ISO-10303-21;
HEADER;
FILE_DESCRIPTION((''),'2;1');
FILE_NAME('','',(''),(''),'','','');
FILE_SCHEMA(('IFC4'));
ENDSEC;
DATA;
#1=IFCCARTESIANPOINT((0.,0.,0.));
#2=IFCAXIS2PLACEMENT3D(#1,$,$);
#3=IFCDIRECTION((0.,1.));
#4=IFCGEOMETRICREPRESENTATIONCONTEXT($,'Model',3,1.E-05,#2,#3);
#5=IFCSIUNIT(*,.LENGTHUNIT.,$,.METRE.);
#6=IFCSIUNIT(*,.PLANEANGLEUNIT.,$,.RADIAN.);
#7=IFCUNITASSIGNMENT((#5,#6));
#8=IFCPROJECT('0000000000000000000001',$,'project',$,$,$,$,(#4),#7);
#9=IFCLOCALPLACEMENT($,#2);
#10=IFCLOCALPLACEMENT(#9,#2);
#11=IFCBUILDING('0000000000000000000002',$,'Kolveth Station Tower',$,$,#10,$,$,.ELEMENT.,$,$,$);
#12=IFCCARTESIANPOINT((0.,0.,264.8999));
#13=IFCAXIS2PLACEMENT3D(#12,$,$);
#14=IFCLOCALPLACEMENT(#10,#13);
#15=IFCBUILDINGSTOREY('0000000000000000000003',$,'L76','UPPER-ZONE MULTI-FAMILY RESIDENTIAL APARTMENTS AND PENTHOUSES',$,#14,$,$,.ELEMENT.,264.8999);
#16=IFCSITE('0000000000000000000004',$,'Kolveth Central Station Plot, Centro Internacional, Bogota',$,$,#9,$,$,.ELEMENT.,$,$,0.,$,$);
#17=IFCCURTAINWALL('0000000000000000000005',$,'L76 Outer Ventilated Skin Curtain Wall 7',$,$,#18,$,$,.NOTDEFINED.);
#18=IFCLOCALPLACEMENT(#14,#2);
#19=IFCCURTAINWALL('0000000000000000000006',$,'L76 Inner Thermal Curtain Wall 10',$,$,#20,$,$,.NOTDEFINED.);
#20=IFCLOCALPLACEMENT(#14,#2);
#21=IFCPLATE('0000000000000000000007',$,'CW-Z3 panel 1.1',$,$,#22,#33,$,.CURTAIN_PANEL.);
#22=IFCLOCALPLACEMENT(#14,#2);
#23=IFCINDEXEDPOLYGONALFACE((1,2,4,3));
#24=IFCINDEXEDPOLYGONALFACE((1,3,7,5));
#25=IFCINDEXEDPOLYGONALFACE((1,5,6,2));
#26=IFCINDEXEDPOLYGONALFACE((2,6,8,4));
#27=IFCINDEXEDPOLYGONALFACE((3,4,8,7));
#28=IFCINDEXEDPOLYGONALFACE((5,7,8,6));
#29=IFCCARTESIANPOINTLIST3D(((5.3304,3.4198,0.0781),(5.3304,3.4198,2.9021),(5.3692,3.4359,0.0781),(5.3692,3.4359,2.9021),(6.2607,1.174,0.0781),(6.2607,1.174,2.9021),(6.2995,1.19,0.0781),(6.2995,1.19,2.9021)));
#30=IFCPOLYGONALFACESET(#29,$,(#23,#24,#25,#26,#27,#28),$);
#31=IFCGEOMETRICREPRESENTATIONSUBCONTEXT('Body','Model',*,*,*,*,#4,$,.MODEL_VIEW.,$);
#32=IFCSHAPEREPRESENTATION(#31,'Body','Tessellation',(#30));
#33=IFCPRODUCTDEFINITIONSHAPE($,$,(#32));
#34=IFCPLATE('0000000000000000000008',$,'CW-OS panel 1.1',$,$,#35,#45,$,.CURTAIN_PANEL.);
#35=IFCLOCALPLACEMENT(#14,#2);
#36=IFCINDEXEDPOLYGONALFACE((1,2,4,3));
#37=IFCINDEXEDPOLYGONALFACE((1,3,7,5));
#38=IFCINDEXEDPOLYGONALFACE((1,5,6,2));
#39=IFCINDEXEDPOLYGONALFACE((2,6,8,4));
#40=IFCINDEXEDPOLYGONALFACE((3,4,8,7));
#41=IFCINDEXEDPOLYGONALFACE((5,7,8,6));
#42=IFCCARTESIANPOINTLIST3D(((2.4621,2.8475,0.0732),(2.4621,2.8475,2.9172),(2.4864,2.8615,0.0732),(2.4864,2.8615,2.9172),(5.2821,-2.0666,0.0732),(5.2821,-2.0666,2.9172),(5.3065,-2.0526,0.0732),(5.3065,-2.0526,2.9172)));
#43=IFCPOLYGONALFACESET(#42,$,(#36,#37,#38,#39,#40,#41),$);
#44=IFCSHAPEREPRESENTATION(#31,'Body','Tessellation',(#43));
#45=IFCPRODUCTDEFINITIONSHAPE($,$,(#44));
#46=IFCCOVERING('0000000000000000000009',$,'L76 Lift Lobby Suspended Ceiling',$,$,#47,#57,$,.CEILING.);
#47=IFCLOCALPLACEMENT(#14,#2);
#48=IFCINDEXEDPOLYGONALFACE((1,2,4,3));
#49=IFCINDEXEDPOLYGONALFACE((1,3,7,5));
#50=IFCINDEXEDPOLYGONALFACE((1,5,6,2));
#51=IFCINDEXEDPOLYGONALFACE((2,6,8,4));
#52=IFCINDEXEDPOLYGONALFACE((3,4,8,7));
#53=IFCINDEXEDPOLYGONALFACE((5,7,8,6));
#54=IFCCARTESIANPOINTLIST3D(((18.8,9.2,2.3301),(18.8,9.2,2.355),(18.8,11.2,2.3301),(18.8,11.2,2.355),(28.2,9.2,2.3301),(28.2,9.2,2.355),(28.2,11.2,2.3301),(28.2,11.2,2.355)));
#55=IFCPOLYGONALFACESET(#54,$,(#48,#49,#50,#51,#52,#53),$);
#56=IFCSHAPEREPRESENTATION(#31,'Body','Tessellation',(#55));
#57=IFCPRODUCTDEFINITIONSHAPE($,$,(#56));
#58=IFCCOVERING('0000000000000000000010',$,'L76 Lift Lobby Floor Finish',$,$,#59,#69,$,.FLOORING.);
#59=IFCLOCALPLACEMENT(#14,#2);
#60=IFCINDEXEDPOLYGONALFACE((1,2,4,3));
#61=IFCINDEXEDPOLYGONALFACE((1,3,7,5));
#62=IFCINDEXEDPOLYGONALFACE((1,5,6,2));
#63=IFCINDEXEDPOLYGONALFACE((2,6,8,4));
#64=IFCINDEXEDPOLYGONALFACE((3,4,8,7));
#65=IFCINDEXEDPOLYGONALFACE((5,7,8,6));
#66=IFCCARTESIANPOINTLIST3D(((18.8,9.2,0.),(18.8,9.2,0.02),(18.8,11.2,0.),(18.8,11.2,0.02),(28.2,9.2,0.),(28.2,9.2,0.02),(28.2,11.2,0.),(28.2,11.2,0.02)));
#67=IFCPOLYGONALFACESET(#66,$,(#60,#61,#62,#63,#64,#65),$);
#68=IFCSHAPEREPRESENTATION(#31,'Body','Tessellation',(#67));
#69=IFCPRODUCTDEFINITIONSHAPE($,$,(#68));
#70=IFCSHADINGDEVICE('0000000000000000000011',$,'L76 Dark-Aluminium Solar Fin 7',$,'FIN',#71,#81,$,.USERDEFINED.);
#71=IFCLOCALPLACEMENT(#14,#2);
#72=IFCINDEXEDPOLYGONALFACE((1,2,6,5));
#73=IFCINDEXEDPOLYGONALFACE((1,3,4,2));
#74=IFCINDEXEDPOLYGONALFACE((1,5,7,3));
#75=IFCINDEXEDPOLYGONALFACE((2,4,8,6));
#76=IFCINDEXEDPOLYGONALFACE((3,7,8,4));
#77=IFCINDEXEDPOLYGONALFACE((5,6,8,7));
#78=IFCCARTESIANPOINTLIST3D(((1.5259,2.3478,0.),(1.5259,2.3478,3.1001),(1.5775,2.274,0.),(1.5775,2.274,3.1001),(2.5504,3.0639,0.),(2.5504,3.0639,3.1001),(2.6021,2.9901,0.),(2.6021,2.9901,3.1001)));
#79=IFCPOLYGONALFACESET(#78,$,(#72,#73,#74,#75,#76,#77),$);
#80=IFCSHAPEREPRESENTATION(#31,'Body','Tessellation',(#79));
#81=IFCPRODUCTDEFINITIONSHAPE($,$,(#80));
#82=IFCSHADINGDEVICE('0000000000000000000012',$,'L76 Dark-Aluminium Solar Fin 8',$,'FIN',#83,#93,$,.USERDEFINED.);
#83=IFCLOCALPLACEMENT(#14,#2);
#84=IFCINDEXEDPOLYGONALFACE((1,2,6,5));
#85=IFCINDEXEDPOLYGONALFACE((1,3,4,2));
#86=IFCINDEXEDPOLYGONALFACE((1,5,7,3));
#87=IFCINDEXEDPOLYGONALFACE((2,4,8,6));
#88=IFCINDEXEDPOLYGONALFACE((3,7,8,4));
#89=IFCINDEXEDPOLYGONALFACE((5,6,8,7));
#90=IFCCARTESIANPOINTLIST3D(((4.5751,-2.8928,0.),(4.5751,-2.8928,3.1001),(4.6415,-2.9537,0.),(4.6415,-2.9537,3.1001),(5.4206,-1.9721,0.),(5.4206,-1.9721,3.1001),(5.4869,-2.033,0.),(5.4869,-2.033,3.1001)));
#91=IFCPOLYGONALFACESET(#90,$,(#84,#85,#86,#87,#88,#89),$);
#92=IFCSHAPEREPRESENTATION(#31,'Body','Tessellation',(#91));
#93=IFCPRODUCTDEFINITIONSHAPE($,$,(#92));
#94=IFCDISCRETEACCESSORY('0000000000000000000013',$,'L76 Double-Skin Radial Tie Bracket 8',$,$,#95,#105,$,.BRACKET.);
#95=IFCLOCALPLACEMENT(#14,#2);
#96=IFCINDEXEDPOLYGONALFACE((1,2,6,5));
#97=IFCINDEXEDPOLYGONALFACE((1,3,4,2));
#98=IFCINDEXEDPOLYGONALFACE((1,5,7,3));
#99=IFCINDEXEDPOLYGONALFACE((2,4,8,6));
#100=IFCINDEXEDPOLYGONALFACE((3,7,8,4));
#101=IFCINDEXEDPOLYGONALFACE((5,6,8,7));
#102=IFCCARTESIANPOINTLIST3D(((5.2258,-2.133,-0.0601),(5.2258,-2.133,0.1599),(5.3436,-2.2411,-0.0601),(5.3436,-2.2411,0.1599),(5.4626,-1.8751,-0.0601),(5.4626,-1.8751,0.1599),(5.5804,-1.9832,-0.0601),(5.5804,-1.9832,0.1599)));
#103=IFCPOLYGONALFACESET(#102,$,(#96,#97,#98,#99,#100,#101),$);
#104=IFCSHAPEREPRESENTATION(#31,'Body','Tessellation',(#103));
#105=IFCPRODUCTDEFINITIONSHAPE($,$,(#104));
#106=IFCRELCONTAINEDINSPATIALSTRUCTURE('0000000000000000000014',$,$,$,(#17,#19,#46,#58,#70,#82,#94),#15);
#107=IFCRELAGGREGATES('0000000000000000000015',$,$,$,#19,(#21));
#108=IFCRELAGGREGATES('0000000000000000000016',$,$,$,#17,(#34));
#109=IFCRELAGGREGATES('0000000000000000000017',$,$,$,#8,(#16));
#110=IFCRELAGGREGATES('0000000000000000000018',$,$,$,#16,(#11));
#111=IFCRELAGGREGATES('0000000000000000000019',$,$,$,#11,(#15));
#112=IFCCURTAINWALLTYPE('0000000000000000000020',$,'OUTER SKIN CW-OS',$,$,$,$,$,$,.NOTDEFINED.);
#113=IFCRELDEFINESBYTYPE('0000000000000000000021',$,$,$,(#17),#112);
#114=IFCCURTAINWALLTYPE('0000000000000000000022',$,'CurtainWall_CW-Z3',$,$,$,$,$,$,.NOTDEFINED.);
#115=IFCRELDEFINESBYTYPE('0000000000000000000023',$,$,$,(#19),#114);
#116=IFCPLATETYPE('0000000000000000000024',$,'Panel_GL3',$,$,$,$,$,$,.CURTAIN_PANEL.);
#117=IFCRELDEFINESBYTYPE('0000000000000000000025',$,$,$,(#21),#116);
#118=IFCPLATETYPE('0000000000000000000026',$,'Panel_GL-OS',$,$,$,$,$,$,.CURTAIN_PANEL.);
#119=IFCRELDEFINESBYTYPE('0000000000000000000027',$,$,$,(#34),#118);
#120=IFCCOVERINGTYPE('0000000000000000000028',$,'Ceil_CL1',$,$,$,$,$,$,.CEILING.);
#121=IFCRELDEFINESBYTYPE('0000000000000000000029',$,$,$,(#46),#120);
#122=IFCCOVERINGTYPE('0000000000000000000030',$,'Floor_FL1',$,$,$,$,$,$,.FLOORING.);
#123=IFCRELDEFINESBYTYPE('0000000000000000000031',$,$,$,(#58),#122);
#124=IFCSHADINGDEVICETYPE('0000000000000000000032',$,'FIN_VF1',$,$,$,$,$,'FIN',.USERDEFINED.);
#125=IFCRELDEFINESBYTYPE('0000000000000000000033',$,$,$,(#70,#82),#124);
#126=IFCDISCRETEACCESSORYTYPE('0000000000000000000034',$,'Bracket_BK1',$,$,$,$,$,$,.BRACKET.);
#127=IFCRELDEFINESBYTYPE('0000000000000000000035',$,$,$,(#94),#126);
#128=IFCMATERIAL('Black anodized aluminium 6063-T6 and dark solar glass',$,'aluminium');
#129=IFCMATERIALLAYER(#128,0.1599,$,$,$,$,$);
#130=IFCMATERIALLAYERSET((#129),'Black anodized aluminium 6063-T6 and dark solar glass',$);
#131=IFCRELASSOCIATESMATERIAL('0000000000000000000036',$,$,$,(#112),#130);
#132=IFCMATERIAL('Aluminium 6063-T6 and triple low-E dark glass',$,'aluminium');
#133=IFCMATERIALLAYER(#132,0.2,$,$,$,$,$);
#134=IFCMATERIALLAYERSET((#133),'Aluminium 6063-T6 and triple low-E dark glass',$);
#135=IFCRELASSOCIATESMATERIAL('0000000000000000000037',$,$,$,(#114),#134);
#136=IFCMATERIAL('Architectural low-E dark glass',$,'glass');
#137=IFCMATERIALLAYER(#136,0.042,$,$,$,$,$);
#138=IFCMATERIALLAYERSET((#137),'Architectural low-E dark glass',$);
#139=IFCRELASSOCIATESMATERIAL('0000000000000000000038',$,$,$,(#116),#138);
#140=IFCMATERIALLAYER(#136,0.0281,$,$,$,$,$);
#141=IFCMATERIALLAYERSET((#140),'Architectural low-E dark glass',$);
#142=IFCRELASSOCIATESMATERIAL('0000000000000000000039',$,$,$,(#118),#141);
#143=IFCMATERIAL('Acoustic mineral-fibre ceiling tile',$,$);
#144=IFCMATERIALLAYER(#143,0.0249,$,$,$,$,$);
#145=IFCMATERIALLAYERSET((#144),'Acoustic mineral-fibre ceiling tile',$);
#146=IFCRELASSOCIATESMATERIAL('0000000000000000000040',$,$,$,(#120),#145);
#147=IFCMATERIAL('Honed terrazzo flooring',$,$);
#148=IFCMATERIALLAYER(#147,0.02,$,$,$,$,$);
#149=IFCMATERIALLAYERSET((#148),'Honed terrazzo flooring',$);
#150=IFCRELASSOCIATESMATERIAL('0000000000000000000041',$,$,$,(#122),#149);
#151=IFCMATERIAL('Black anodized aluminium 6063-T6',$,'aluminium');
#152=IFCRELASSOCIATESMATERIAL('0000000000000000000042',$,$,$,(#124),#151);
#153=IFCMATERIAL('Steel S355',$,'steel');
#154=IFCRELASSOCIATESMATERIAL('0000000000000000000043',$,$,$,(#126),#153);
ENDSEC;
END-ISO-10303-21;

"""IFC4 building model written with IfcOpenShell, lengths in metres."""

from ifc_helpers import new_model, si_unit, direction, frame, origin, origin_2d, place, context, subcontext, project, spatial, polyline, rectangle, outline, extrude, source, transform, mapped, material, layer, layer_set, type_object, element, aggregate, save


model = new_model("IFC4")

# Units and contexts
model_context = context("Model", 3, precision=1e-05, world=origin(), true_north=direction((0.0, 1.0)))
body_context = subcontext(model_context, "Body", "Model", "MODEL_VIEW")
ifc_project = project(units=[si_unit("LENGTHUNIT", "METRE"), si_unit("PLANEANGLEUNIT", "RADIAN")], contexts=[model_context])

# Site, building, storey
site_placement = place(None, origin())
site = spatial("IfcSite", under=ifc_project, at=site_placement, Name="Kolveth Central Station Plot, Centro Internacional, Bogota", CompositionType="ELEMENT", RefElevation=0.0)
building_placement = place(site_placement, origin())
building = spatial("IfcBuilding", under=site, at=building_placement, Name="Kolveth Station Tower", CompositionType="ELEMENT")
storey_placement = place(building_placement, frame((0.0, 0.0, 264.8999)))
storey = spatial("IfcBuildingStorey", under=building, at=storey_placement, Name="L76", Description="UPPER-ZONE MULTI-FAMILY RESIDENTIAL APARTMENTS AND PENTHOUSES", CompositionType="ELEMENT", Elevation=264.8999)

# Curtain walls
ifc_material_1 = material(Name="Black anodized aluminium 6063-T6 and dark solar glass", Category="aluminium")
ifc_layer_1 = layer(ifc_material_1, 0.1599)
ifc_layer_set_1 = layer_set([ifc_layer_1], Name="Black anodized aluminium 6063-T6 and dark solar glass")
curtain_wall_type_1 = type_object("IfcCurtainWallType", Name="OUTER SKIN CW-OS", PredefinedType="NOTDEFINED", material=ifc_layer_set_1)
curtain_wall_1_placement = place(storey_placement, origin())
curtain_wall_1 = element("IfcCurtainWall", 1, at=curtain_wall_1_placement, inside=storey, type_object=curtain_wall_type_1, Name="L76 Outer Ventilated Skin Curtain Wall 7", PredefinedType="NOTDEFINED")
ifc_material_2 = material(Name="Black anodized aluminium 6063-T6", Category="aluminium")
ifc_material_3 = material(Name="Aluminium 6063-T6 and triple low-E dark glass", Category="aluminium")
ifc_layer_2 = layer(ifc_material_3, 0.2)
ifc_layer_set_2 = layer_set([ifc_layer_2], Name="Aluminium 6063-T6 and triple low-E dark glass")
curtain_wall_type_2 = type_object("IfcCurtainWallType", Name="CurtainWall_CW-Z3", PredefinedType="NOTDEFINED", material=ifc_layer_set_2)
curtain_wall_2_placement = place(storey_placement, origin())
curtain_wall_2 = element("IfcCurtainWall", 2, at=curtain_wall_2_placement, inside=storey, type_object=curtain_wall_type_2, Name="L76 Inner Thermal Curtain Wall 10", PredefinedType="NOTDEFINED")

# Plates
ifc_material_4 = material(Name="Architectural low-E dark glass", Category="glass")
ifc_layer_3 = layer(ifc_material_4, 0.042)
ifc_layer_set_3 = layer_set([ifc_layer_3], Name="Architectural low-E dark glass")
plate_type_1 = type_object("IfcPlateType", Name="Panel_GL3", PredefinedType="CURTAIN_PANEL", material=ifc_layer_set_3)
shared_shape_1 = source(origin(), body_context, "Body", "SweptSolid", [
    extrude(rectangle(XDim=2.4309, YDim=0.042, at=origin_2d()), origin(), (0.0, 0.0, 1.0), 2.824),
])
plate_1_placement = place(storey_placement, frame((5.8149, 2.3049, 0.0781), z_axis=(0.0, 0.0, 1.0), x_axis=(0.382693, -0.923875, 0.0)))
plate_1 = element("IfcPlate", 3, at=plate_1_placement, type_object=plate_type_1, Name="CW-Z3 panel 1.1", PredefinedType="CURTAIN_PANEL", context=body_context, shape_type="MappedRepresentation", body=[
    mapped(shared_shape_1, transform((0.0, 0.0, 0.0), x_axis=(1.0, 0.0, 0.0), y_axis=(0.0, 1.0, 0.0), z_axis=(0.0, 0.0, 1.0), scale=1.0)),
])
aggregate(curtain_wall_2, [plate_1])
ifc_layer_4 = layer(ifc_material_4, 0.0281)
ifc_layer_set_4 = layer_set([ifc_layer_4], Name="Architectural low-E dark glass")
plate_type_2 = type_object("IfcPlateType", Name="Panel_GL-OS", PredefinedType="CURTAIN_PANEL", material=ifc_layer_set_4)
shared_shape_2 = source(origin(), body_context, "Body", "SweptSolid", [
    extrude(rectangle(XDim=5.6658, YDim=0.0281, at=origin_2d()), origin(), (0.0, 0.0, 1.0), 2.844),
])
plate_2_placement = place(storey_placement, frame((3.8843, 0.3975, 0.0732), z_axis=(0.0, 0.0, 1.0), x_axis=(0.497735, -0.867329, 0.0)))
plate_2 = element("IfcPlate", 4, at=plate_2_placement, type_object=plate_type_2, Name="CW-OS panel 1.1", PredefinedType="CURTAIN_PANEL", context=body_context, shape_type="MappedRepresentation", body=[
    mapped(shared_shape_2, transform((0.0, 0.0, 0.0), x_axis=(1.0, 0.0, 0.0), y_axis=(0.0, 1.0, 0.0), z_axis=(0.0, 0.0, 1.0), scale=1.0)),
])
aggregate(curtain_wall_1, [plate_2])

# Coverings
ifc_material_5 = material(Name="Acoustic mineral-fibre ceiling tile")
ifc_layer_5 = layer(ifc_material_5, 0.0249)
ifc_layer_set_5 = layer_set([ifc_layer_5], Name="Acoustic mineral-fibre ceiling tile")
covering_type_1 = type_object("IfcCoveringType", Name="Ceil_CL1", PredefinedType="CEILING", material=ifc_layer_set_5)
covering_1_placement = place(storey_placement, frame((0.0, 0.0, 2.3301)))
element("IfcCovering", 5, at=covering_1_placement, inside=storey, type_object=covering_type_1, Name="L76 Lift Lobby Suspended Ceiling", PredefinedType="CEILING", context=body_context, shape_type="SweptSolid", body=[
    extrude(outline(polyline([(18.8, 9.2), (28.2, 9.2), (28.2, 11.2), (18.8, 11.2), (18.8, 9.2)])), origin(), (0.0, 0.0, 1.0), 0.0249),
])
ifc_material_6 = material(Name="Honed terrazzo flooring")
ifc_layer_6 = layer(ifc_material_6, 0.02)
ifc_layer_set_6 = layer_set([ifc_layer_6], Name="Honed terrazzo flooring")
covering_type_2 = type_object("IfcCoveringType", Name="Floor_FL1", PredefinedType="FLOORING", material=ifc_layer_set_6)
covering_2_placement = place(storey_placement, origin())
element("IfcCovering", 6, at=covering_2_placement, inside=storey, type_object=covering_type_2, Name="L76 Lift Lobby Floor Finish", PredefinedType="FLOORING", context=body_context, shape_type="SweptSolid", body=[
    extrude(outline(polyline([(18.8, 9.2), (28.2, 9.2), (28.2, 11.2), (18.8, 11.2), (18.8, 9.2)])), origin(), (0.0, 0.0, 1.0), 0.02),
])

# Shading devices
shading_device_type = type_object("IfcShadingDeviceType", Name="FIN_VF1", ElementType="FIN", PredefinedType="USERDEFINED", material=ifc_material_2)
shared_shape_3 = source(origin(), body_context, "Body", "SweptSolid", [
    extrude(rectangle(XDim=1.25, YDim=0.0901, at=origin_2d()), origin(), (0.0, 0.0, 1.0), 3.1001),
])
for number, where, z_axis, x_axis, name in (
    (7, (2.064, 2.6689, 0.0), (0.0, 0.0, 1.0), (-0.819652, -0.572861, 0.0), "L76 Dark-Aluminium Solar Fin 7"),
    (8, (5.031, -2.4629, 0.0), (0.0, 0.0, 1.0), (-0.676362, -0.736569, 0.0), "L76 Dark-Aluminium Solar Fin 8"),
):
    element("IfcShadingDevice", number, at=place(storey_placement, frame(where, z_axis=z_axis, x_axis=x_axis)), inside=storey, type_object=shading_device_type, Name=name, ObjectType="FIN", PredefinedType="USERDEFINED", context=body_context, shape_type="MappedRepresentation", body=[
        mapped(shared_shape_3, transform((0.0, 0.0, 0.0), x_axis=(1.0, 0.0, 0.0), y_axis=(0.0, 1.0, 0.0), z_axis=(0.0, 0.0, 1.0), scale=1.0)),
    ])

# Discrete accessory
ifc_material_7 = material(Name="Steel S355", Category="steel")
discrete_accessory_type = type_object("IfcDiscreteAccessoryType", Name="Bracket_BK1", PredefinedType="BRACKET", material=ifc_material_7)
shared_shape_4 = source(origin(), body_context, "Body", "SweptSolid", [
    extrude(rectangle(XDim=0.3501, YDim=0.1599, at=origin_2d()), origin(), (0.0, 0.0, 1.0), 0.22),
])
discrete_accessory_placement = place(storey_placement, frame((5.4031, -2.0581, -0.0601), z_axis=(0.0, 0.0, 1.0), x_axis=(-0.676362, -0.736569, 0.0)))
element("IfcDiscreteAccessory", 9, at=discrete_accessory_placement, inside=storey, type_object=discrete_accessory_type, Name="L76 Double-Skin Radial Tie Bracket 8", PredefinedType="BRACKET", context=body_context, shape_type="MappedRepresentation", body=[
    mapped(shared_shape_4, transform((0.0, 0.0, 0.0), x_axis=(1.0, 0.0, 0.0), y_axis=(0.0, 1.0, 0.0), z_axis=(0.0, 0.0, 1.0), scale=1.0)),
])

save(model, "model.ifc")
